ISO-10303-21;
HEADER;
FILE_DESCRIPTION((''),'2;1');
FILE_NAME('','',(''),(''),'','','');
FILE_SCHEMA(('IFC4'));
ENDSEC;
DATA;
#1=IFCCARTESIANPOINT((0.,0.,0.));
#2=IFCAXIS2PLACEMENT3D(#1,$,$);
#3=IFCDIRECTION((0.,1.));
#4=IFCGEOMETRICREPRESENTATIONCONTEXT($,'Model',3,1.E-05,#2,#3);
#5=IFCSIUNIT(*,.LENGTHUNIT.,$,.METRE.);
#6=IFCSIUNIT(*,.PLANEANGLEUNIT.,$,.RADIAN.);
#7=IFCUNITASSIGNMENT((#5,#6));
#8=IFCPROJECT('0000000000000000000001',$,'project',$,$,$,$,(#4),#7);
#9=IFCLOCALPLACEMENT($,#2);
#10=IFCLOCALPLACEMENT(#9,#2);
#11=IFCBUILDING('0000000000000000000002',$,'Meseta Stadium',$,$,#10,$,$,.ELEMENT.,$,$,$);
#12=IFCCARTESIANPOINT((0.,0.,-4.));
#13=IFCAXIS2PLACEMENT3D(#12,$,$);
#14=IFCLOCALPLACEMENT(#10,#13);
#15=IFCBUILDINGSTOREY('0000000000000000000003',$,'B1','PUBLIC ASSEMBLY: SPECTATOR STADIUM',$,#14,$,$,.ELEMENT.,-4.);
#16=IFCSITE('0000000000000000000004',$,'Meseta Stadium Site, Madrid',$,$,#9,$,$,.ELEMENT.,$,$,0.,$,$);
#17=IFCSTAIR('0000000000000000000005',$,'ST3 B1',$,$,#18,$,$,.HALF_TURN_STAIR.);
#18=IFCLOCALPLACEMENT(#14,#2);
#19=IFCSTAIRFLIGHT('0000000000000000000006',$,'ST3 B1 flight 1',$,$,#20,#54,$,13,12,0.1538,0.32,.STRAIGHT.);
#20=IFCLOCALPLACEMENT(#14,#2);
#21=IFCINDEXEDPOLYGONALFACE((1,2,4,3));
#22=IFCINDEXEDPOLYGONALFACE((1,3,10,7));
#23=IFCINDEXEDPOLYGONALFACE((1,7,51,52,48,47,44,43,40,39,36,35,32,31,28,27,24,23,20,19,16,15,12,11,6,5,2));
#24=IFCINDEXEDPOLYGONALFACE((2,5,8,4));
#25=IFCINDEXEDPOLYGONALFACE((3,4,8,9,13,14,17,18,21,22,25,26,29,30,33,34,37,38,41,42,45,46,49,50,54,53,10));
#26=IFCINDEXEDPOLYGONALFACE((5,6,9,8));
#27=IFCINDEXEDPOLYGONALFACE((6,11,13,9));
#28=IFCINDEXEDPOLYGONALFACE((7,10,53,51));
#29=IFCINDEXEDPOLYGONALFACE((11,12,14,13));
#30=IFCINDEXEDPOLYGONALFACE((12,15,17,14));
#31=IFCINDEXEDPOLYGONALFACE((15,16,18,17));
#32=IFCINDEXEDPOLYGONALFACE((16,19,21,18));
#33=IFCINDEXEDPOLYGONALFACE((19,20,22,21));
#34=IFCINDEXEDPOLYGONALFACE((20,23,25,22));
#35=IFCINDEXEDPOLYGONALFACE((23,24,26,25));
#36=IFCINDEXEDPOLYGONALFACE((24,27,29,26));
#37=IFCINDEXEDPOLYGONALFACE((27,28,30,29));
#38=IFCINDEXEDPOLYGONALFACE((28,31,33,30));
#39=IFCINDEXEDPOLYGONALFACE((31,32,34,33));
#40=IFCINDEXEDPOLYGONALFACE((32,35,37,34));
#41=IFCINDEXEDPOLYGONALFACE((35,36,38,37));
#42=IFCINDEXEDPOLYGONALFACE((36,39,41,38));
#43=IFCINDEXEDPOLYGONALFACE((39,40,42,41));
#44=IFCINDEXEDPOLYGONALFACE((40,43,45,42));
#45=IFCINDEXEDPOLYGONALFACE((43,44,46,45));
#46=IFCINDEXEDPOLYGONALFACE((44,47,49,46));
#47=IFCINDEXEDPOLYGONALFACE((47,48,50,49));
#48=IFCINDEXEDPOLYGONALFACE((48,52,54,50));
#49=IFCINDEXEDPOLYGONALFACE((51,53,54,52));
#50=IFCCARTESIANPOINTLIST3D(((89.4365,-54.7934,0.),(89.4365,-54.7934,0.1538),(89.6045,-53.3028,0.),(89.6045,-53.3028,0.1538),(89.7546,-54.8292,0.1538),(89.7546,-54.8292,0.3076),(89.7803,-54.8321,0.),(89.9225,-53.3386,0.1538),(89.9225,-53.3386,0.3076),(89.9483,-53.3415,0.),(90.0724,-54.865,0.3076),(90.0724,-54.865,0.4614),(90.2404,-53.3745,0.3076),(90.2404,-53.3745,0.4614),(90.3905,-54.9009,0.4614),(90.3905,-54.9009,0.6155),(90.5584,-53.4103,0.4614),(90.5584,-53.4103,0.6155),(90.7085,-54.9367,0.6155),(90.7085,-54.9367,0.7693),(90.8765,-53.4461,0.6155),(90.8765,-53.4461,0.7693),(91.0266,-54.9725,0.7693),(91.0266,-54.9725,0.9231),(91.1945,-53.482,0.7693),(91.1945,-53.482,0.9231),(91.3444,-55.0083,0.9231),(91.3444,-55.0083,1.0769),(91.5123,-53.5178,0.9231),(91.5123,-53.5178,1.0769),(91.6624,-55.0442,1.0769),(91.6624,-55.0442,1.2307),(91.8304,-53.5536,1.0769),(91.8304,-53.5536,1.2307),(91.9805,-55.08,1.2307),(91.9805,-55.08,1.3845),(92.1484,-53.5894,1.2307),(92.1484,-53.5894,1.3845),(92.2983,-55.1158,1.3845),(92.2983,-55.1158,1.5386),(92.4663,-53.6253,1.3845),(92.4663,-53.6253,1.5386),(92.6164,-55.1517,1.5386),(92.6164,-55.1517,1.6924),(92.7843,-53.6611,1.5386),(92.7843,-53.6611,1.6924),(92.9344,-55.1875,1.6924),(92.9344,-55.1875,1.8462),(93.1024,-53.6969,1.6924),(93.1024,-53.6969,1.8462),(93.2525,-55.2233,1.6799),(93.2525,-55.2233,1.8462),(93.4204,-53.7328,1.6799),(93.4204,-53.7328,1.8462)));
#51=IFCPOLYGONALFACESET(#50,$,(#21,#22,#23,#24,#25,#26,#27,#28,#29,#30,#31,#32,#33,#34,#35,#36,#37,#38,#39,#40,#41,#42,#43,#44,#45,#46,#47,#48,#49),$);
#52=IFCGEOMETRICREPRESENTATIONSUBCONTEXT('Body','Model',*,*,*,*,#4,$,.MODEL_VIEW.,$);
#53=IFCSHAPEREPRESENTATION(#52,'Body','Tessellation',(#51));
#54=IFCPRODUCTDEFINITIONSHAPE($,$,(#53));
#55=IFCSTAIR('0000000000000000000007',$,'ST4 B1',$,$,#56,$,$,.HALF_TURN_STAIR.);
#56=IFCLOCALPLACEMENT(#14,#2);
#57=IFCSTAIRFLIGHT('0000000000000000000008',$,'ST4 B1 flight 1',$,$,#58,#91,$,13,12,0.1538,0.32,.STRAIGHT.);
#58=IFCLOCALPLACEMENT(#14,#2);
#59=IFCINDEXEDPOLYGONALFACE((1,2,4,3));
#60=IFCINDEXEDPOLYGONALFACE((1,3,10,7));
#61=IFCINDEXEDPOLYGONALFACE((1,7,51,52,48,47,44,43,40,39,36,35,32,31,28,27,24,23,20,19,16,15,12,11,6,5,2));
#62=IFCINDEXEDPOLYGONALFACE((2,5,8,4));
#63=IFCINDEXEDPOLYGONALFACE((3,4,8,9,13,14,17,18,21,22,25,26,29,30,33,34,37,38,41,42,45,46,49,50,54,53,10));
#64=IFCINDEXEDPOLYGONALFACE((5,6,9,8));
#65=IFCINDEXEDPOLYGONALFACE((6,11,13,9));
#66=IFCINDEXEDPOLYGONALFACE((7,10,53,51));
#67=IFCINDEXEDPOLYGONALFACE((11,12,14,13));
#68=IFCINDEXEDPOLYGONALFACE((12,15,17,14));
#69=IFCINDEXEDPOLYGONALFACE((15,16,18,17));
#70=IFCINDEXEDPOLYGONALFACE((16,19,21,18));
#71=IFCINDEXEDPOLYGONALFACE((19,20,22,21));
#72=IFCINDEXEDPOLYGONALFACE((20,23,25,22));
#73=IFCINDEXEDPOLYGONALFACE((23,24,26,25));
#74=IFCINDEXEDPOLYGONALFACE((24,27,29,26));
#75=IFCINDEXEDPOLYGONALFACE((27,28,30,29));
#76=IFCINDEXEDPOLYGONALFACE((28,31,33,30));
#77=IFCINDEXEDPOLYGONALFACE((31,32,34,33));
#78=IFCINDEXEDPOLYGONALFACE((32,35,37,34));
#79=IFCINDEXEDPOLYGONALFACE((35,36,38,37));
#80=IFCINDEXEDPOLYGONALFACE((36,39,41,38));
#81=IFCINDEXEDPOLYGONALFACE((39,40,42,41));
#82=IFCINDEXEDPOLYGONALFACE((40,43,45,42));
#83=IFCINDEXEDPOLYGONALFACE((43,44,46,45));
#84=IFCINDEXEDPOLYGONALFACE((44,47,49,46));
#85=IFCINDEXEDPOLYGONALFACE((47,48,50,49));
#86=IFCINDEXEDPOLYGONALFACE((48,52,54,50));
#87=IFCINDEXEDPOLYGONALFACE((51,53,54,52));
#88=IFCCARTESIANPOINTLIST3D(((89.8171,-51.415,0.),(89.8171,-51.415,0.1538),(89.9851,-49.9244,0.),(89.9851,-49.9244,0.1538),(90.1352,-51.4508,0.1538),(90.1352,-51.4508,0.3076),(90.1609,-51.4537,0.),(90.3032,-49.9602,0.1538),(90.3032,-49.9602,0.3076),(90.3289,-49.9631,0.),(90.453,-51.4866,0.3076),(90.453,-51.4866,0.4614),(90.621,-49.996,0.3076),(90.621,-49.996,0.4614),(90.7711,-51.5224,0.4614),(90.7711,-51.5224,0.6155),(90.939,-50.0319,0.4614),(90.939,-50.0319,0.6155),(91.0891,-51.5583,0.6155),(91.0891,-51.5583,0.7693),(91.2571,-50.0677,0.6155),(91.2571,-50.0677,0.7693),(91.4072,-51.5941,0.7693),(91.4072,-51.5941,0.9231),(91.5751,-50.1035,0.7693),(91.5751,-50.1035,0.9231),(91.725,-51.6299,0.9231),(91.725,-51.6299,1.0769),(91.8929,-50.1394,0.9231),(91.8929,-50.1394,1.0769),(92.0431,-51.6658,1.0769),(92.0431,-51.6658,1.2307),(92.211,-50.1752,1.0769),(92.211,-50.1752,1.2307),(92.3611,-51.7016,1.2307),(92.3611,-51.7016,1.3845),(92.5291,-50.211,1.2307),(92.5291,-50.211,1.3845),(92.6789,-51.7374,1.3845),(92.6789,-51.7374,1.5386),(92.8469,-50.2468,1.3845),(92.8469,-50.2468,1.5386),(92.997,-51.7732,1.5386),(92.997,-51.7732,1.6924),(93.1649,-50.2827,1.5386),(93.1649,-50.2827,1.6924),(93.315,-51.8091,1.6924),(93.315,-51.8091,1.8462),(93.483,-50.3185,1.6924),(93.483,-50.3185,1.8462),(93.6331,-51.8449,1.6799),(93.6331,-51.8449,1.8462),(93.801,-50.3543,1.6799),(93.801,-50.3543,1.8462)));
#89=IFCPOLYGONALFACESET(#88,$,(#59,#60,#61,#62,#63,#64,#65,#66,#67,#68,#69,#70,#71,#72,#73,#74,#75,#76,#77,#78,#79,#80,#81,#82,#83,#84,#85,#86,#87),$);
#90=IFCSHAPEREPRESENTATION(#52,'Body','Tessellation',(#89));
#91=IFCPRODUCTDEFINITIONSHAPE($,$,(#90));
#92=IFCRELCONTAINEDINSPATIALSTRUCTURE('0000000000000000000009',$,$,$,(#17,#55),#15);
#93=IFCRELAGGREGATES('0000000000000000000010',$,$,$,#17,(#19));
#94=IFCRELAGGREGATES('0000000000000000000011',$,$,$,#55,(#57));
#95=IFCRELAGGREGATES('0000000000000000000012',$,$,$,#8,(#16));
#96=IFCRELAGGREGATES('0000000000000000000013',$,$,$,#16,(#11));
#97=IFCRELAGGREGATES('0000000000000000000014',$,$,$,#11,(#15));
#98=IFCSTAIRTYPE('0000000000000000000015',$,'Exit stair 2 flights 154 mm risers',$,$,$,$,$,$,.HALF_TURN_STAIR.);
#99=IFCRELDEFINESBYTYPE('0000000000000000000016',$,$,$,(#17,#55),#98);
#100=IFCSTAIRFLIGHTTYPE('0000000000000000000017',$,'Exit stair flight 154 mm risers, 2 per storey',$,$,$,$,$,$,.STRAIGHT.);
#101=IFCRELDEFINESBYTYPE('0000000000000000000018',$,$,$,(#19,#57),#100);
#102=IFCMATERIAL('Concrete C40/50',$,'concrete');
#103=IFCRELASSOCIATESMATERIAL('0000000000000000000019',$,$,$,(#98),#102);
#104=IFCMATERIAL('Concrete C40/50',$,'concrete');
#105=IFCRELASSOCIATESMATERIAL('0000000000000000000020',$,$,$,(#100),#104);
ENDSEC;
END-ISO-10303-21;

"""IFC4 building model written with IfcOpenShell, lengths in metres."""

from ifc_helpers import new_model, si_unit, direction, frame, origin, place, context, subcontext, project, spatial, polyline, outline, extrude, material, type_object, element, aggregate, save


model = new_model("IFC4")

# Units and contexts
model_context = context("Model", 3, precision=1e-05, world=origin(), true_north=direction((0.0, 1.0)))
body_context = subcontext(model_context, "Body", "Model", "MODEL_VIEW")
ifc_project = project(units=[si_unit("LENGTHUNIT", "METRE"), si_unit("PLANEANGLEUNIT", "RADIAN")], contexts=[model_context])

# Site, building, storey
site_placement = place(None, origin())
site = spatial("IfcSite", under=ifc_project, at=site_placement, Name="Meseta Stadium Site, Madrid", CompositionType="ELEMENT", RefElevation=0.0)
building_placement = place(site_placement, origin())
building = spatial("IfcBuilding", under=site, at=building_placement, Name="Meseta Stadium", CompositionType="ELEMENT")
storey_placement = place(building_placement, frame((0.0, 0.0, -4.0)))
storey = spatial("IfcBuildingStorey", under=building, at=storey_placement, Name="B1", Description="PUBLIC ASSEMBLY: SPECTATOR STADIUM", CompositionType="ELEMENT", Elevation=-4.0)

# Shared definitions
ifc_material_1 = material(Name="Concrete C40/50", Category="concrete")
stair_type = type_object("IfcStairType", Name="Exit stair 2 flights 154 mm risers", PredefinedType="HALF_TURN_STAIR", material=ifc_material_1)
ifc_material_2 = material(Name="Concrete C40/50", Category="concrete")
stair_flight_type = type_object("IfcStairFlightType", Name="Exit stair flight 154 mm risers, 2 per storey", PredefinedType="STRAIGHT", material=ifc_material_2)

# Stairs, stair flights
stair_1_placement = place(storey_placement, origin())
stair_1 = element("IfcStair", 1, at=stair_1_placement, inside=storey, type_object=stair_type, Name="ST3 B1", PredefinedType="HALF_TURN_STAIR")
stair_flight_1_placement = place(storey_placement, frame((89.5205, -54.0481, 0.0), z_axis=(0.0, 0.0, 1.0), x_axis=(0.993712, -0.111964, 0.0)))
stair_flight_1 = element("IfcStairFlight", 2, at=stair_flight_1_placement, type_object=stair_flight_type, Name="ST3 B1 flight 1", NumberOfRisers=13, NumberOfTreads=12, PredefinedType="STRAIGHT", RiserHeight=0.1538, TreadLength=0.32, context=body_context, shape_type="SweptSolid", body=[
    extrude(outline(polyline([(0.0, 0.0), (0.0, 0.1538), (0.3201, 0.1538), (0.3201, 0.3076), (0.6399, 0.3076), (0.6399, 0.4614), (0.96, 0.4614), (0.96, 0.6155), (1.28, 0.6155), (1.28, 0.7693), (1.6001, 0.7693), (1.6001, 0.9231), (1.9199, 0.9231), (1.9199, 1.0769), (2.24, 1.0769), (2.24, 1.2307), (2.5601, 1.2307), (2.5601, 1.3845), (2.8799, 1.3845), (2.8799, 1.5386), (3.2, 1.5386), (3.2, 1.6924), (3.52, 1.6924), (3.52, 1.8462), (3.8401, 1.8462), (3.8401, 1.6799), (0.3459, 0.0), (0.0, 0.0)])), frame((0.0, 0.75, 0.0), z_axis=(0.0, -1.0, 0.0), x_axis=(1.0, 0.0, 0.0)), (0.0, 0.0, 1.0), 1.5),
])
aggregate(stair_1, [stair_flight_1])
stair_2_placement = place(storey_placement, origin())
stair_2 = element("IfcStair", 3, at=stair_2_placement, inside=storey, type_object=stair_type, Name="ST4 B1", PredefinedType="HALF_TURN_STAIR")
stair_flight_2_placement = place(storey_placement, frame((89.9011, -50.6697, 0.0), z_axis=(0.0, 0.0, 1.0), x_axis=(0.993712, -0.111964, 0.0)))
stair_flight_2 = element("IfcStairFlight", 4, at=stair_flight_2_placement, type_object=stair_flight_type, Name="ST4 B1 flight 1", NumberOfRisers=13, NumberOfTreads=12, PredefinedType="STRAIGHT", RiserHeight=0.1538, TreadLength=0.32, context=body_context, shape_type="SweptSolid", body=[
    extrude(outline(polyline([(0.0, 0.0), (0.0, 0.1538), (0.3201, 0.1538), (0.3201, 0.3076), (0.6399, 0.3076), (0.6399, 0.4614), (0.96, 0.4614), (0.96, 0.6155), (1.28, 0.6155), (1.28, 0.7693), (1.6001, 0.7693), (1.6001, 0.9231), (1.9199, 0.9231), (1.9199, 1.0769), (2.24, 1.0769), (2.24, 1.2307), (2.5601, 1.2307), (2.5601, 1.3845), (2.8799, 1.3845), (2.8799, 1.5386), (3.2, 1.5386), (3.2, 1.6924), (3.52, 1.6924), (3.52, 1.8462), (3.8401, 1.8462), (3.8401, 1.6799), (0.3459, 0.0), (0.0, 0.0)])), frame((0.0, 0.75, 0.0), z_axis=(0.0, -1.0, 0.0), x_axis=(1.0, 0.0, 0.0)), (0.0, 0.0, 1.0), 1.5),
])
aggregate(stair_2, [stair_flight_2])

save(model, "model.ifc")
